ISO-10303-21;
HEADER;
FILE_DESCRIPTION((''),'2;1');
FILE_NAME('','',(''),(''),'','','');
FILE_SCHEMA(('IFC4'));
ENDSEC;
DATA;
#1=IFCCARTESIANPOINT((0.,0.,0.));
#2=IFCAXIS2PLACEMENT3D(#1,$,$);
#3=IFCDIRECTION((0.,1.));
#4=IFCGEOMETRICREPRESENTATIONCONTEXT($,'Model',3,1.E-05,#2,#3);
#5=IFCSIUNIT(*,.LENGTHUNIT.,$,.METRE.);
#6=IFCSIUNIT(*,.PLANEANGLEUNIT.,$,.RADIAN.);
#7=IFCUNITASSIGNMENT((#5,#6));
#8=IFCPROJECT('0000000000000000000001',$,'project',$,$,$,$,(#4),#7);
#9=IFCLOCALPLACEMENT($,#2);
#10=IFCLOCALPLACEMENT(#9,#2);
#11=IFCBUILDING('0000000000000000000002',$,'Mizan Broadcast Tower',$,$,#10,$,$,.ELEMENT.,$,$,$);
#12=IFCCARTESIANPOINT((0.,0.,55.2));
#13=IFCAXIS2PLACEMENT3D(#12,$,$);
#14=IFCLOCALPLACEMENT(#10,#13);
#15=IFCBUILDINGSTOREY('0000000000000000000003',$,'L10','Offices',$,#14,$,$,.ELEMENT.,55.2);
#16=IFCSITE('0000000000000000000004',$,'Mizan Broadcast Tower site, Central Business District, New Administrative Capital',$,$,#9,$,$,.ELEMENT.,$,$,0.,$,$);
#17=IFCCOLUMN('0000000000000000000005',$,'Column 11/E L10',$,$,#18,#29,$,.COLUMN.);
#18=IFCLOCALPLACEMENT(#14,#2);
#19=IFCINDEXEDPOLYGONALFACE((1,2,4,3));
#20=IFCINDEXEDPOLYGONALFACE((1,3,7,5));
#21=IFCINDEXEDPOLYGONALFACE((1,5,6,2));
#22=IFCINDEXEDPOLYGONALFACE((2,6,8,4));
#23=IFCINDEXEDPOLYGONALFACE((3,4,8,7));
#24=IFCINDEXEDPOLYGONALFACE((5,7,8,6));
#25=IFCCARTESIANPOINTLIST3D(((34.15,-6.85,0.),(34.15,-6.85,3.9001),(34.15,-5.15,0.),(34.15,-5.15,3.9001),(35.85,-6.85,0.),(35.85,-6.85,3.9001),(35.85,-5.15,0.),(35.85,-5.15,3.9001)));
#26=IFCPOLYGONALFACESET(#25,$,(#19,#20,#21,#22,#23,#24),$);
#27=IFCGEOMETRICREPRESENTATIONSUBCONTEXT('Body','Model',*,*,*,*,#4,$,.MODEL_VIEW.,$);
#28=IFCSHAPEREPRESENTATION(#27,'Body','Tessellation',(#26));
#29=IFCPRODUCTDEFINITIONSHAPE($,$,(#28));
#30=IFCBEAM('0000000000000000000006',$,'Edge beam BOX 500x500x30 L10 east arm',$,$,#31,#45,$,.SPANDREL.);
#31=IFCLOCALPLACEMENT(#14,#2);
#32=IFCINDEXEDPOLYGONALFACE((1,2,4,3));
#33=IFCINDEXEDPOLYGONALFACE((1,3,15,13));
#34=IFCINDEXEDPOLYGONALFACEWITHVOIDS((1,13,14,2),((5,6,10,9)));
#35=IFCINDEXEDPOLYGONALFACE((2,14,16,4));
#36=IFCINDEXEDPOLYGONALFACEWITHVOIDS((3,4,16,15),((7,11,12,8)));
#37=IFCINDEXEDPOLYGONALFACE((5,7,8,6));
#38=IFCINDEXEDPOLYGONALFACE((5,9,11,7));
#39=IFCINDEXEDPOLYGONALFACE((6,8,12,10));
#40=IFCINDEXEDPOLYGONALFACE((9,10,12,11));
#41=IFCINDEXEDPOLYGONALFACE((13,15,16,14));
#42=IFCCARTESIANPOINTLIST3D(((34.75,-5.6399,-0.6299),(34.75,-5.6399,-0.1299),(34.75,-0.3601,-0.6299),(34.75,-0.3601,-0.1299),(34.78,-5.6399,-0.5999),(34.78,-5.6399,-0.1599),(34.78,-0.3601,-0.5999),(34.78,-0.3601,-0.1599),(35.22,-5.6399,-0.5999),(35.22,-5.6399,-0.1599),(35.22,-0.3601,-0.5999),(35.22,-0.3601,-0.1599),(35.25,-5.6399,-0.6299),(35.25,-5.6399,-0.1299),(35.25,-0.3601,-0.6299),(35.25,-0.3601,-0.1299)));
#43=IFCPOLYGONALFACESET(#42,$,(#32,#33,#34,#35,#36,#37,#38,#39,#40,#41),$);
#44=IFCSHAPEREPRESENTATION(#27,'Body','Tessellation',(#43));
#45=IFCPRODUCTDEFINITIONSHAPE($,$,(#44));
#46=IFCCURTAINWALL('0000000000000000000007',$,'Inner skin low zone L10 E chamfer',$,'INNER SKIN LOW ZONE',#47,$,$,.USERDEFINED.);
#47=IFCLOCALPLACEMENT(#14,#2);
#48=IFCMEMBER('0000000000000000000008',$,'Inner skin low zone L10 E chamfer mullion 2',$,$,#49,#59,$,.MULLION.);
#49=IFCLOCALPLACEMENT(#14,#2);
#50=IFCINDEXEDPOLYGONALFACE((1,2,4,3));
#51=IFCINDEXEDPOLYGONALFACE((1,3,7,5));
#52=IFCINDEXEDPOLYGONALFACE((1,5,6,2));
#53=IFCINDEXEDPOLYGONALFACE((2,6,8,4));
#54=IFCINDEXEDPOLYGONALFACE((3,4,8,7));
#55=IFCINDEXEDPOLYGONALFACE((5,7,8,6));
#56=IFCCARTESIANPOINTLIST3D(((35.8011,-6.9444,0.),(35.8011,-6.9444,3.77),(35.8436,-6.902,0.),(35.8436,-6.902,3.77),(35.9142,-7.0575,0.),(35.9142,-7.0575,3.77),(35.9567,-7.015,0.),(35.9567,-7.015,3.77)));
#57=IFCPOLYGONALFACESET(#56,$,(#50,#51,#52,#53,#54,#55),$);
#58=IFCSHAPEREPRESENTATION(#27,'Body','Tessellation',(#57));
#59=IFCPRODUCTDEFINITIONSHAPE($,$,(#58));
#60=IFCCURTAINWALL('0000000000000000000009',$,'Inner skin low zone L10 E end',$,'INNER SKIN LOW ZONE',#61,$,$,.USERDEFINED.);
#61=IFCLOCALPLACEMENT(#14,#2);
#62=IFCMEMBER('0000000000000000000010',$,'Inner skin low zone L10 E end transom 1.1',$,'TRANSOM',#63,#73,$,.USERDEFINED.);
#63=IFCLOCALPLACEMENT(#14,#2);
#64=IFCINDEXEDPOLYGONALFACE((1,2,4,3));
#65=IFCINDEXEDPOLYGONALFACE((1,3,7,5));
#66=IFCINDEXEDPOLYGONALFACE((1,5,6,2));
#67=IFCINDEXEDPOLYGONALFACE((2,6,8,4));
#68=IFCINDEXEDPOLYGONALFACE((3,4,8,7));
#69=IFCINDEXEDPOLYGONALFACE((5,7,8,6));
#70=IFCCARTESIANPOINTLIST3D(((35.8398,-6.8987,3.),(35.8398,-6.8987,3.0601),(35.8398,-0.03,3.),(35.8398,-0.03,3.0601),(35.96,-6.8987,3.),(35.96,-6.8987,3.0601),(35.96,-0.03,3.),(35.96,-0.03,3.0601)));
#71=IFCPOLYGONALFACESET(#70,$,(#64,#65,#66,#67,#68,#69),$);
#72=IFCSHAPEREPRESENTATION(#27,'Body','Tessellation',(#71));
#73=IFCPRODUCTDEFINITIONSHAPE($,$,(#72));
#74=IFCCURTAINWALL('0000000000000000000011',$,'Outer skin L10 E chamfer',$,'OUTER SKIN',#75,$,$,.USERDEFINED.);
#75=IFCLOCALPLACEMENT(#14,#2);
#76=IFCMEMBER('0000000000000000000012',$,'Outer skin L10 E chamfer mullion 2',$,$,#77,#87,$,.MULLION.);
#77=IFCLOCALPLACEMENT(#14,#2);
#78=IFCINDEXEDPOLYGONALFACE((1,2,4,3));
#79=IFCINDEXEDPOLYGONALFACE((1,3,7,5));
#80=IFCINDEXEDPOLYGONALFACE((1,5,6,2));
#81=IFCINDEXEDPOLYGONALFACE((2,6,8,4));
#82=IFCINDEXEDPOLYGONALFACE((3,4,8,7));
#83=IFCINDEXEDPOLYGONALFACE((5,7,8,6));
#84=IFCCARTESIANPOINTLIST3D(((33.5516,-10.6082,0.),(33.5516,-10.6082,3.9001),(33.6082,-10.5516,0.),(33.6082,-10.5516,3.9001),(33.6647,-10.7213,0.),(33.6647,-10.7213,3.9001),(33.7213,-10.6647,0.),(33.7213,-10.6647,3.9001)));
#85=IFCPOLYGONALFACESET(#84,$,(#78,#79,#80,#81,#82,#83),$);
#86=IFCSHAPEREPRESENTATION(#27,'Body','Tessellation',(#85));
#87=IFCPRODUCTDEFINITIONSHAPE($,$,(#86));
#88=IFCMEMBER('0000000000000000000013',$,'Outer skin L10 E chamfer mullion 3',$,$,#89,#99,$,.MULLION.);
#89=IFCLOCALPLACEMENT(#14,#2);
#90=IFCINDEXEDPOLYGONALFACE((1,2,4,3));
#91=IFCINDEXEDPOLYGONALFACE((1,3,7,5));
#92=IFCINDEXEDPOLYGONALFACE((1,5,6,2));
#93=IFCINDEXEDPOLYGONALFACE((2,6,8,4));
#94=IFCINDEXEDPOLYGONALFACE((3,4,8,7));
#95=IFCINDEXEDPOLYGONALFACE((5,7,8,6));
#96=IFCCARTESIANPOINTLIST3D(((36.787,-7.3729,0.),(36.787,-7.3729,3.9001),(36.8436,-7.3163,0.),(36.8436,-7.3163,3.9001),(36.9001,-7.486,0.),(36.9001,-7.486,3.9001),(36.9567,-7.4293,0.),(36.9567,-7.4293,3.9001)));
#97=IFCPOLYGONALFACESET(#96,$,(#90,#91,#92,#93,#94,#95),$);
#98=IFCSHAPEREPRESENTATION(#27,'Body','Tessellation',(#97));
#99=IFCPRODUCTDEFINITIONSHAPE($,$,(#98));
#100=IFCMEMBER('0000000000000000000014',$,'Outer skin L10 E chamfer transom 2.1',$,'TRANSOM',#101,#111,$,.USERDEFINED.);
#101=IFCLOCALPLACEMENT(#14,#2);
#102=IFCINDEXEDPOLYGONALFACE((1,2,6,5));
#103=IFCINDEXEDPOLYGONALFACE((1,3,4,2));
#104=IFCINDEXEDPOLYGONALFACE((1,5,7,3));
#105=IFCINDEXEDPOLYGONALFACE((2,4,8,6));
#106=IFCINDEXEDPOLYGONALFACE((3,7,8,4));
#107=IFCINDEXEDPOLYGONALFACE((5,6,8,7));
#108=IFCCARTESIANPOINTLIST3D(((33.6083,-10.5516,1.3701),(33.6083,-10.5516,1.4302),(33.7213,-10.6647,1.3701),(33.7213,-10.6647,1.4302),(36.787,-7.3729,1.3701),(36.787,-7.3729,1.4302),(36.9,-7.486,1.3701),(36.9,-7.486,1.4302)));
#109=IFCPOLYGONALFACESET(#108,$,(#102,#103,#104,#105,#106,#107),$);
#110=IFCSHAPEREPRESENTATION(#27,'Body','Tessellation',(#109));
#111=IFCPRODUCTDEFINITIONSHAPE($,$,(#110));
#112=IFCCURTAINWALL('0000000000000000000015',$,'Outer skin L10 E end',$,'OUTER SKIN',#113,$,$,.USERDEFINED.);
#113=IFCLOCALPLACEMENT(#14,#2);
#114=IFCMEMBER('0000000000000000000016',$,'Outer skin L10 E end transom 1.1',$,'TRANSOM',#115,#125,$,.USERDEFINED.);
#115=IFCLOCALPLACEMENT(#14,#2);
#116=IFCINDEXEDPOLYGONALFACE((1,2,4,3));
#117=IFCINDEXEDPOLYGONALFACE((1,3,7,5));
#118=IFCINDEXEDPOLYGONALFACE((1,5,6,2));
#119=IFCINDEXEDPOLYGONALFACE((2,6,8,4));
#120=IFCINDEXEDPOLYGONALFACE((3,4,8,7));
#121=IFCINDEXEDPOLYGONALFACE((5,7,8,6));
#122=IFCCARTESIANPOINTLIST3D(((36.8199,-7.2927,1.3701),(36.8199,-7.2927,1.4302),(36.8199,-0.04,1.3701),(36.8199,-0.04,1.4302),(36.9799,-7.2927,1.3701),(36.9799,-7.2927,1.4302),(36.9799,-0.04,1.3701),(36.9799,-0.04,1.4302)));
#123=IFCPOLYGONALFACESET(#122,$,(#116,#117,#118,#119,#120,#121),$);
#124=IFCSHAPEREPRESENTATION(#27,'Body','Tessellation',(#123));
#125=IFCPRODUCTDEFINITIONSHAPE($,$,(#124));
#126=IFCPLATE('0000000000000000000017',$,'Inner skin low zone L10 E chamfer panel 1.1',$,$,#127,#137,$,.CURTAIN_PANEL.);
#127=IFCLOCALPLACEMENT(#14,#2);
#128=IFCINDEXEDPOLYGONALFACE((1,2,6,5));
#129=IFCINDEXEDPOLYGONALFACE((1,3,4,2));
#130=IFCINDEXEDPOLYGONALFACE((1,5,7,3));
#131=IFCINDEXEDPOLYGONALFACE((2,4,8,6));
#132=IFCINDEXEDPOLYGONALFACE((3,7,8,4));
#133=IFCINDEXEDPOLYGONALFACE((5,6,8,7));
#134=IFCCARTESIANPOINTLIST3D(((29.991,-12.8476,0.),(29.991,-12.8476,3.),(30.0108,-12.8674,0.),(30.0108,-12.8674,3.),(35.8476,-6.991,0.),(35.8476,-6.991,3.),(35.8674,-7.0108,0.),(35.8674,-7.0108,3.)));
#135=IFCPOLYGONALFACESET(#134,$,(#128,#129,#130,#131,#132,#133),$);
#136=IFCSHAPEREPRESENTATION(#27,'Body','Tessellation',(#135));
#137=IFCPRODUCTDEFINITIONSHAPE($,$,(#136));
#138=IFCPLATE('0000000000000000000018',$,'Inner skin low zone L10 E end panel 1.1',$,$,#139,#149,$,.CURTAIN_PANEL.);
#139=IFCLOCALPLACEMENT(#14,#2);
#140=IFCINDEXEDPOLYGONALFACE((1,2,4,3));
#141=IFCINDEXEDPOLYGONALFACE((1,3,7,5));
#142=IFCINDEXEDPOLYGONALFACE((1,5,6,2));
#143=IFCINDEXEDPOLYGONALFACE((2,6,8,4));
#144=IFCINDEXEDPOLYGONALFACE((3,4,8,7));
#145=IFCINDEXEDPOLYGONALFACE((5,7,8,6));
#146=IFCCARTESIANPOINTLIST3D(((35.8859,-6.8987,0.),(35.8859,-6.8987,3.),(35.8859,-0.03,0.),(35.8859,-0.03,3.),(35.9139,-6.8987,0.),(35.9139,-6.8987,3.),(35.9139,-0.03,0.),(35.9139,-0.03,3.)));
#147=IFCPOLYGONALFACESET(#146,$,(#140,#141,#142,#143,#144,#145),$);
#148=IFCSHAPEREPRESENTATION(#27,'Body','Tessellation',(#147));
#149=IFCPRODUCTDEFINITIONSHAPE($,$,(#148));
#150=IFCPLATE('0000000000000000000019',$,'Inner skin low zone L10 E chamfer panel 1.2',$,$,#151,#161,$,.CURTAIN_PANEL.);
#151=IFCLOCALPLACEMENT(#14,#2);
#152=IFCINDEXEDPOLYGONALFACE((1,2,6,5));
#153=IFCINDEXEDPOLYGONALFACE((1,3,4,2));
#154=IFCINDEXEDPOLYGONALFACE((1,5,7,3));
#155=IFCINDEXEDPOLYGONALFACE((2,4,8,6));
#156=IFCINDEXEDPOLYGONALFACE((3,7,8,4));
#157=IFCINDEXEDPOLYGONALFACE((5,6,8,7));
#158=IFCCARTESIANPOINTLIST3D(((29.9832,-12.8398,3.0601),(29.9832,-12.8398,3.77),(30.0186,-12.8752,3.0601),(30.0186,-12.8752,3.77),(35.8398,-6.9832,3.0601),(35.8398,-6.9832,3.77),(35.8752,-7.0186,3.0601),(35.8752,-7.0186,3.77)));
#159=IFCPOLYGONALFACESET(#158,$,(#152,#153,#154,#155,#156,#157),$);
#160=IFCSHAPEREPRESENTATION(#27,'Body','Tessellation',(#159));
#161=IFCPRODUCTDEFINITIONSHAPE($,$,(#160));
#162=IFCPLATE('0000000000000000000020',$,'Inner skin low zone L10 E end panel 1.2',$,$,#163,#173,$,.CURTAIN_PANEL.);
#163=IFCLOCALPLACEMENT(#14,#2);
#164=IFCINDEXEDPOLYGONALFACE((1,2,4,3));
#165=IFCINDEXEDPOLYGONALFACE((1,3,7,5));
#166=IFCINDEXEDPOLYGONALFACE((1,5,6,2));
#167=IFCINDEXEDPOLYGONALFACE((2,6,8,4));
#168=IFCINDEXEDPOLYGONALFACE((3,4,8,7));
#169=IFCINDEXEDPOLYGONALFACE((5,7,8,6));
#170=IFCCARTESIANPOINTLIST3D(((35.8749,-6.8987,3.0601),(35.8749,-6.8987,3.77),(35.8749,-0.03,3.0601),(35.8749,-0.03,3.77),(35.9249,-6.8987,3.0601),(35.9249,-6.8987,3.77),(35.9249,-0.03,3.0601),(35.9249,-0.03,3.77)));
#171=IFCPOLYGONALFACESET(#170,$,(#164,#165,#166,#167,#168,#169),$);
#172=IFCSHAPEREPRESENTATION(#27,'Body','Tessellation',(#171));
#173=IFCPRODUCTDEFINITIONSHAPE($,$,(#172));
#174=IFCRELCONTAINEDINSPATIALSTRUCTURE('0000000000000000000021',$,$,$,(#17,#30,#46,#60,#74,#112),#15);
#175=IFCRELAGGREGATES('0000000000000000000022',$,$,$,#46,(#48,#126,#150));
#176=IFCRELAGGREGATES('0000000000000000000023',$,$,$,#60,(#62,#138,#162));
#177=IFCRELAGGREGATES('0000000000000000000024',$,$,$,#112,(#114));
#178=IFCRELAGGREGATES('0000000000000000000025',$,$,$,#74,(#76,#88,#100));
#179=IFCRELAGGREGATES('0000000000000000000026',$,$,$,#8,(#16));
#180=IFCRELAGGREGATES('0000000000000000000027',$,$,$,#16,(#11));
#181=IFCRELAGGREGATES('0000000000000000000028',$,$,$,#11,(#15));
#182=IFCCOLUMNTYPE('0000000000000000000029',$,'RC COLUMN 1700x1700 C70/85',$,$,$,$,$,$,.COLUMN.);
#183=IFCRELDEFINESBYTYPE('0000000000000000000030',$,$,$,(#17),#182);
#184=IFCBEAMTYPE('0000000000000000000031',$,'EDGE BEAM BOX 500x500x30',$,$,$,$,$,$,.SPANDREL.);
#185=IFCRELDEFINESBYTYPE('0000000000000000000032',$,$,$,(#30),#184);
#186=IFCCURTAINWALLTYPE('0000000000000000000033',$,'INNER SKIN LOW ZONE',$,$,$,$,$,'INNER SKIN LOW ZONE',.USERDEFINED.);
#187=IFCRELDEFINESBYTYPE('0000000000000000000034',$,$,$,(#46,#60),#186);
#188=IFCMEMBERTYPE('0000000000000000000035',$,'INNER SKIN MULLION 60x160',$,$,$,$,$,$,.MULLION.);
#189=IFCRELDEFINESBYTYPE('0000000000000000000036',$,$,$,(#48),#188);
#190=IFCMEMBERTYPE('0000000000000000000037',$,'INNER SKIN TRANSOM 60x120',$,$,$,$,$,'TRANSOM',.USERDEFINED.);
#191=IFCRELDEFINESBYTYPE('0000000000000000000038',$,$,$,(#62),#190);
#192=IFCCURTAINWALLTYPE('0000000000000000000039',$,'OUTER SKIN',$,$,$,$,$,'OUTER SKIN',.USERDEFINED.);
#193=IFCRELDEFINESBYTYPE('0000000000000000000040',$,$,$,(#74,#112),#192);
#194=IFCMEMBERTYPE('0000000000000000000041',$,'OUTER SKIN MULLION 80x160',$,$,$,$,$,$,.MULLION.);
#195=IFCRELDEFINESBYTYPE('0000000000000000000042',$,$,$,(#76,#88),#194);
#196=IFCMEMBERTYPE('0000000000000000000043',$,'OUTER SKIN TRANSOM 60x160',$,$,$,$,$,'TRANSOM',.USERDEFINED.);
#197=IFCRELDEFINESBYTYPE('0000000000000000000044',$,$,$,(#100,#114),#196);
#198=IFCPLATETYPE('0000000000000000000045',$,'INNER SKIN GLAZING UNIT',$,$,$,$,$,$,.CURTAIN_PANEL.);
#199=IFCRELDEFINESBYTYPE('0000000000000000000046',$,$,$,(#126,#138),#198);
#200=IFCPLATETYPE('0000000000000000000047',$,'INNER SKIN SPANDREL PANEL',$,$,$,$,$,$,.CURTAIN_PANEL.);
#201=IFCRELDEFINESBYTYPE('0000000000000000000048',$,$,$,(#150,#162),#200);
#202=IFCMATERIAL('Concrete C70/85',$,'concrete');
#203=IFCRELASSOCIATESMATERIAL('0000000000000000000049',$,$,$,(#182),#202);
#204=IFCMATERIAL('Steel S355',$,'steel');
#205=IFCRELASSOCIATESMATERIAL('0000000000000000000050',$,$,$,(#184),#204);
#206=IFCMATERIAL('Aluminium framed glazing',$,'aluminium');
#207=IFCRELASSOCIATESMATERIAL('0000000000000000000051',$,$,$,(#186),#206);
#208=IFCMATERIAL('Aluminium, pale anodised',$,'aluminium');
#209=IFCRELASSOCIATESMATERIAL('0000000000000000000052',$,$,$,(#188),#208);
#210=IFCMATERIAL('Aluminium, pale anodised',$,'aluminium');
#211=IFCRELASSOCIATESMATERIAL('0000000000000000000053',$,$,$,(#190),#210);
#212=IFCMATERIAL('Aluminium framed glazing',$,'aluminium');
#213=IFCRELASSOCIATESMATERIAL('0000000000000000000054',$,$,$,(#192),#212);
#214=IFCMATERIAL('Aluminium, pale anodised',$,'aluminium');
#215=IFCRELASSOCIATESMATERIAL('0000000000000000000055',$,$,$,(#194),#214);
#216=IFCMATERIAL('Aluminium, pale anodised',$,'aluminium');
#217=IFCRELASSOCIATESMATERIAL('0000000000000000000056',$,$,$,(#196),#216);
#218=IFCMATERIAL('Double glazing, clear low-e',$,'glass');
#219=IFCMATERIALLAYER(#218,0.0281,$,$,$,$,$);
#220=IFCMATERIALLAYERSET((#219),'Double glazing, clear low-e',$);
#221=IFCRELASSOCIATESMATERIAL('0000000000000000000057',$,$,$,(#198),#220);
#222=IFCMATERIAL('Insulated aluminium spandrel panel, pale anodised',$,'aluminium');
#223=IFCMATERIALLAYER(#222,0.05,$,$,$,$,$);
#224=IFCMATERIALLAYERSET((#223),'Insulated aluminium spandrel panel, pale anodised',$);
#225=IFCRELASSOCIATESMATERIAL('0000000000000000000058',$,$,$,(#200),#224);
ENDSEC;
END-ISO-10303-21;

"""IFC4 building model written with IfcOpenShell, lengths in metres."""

from ifc_helpers import new_model, si_unit, direction, frame, origin, origin_2d, place, context, subcontext, project, spatial, rectangle, hollow_rectangle, extrude, material, layer, layer_set, material_profile, profile_set, type_object, element, aggregate, save


model = new_model("IFC4")

# Units and contexts
model_context = context("Model", 3, precision=1e-05, world=origin(), true_north=direction((0.0, 1.0)))
body_context = subcontext(model_context, "Body", "Model", "MODEL_VIEW")
ifc_project = project(units=[si_unit("LENGTHUNIT", "METRE"), si_unit("PLANEANGLEUNIT", "RADIAN")], contexts=[model_context])

# Site, building, storey
site_placement = place(None, origin())
site = spatial("IfcSite", under=ifc_project, at=site_placement, Name="Mizan Broadcast Tower site, Central Business District, New Administrative Capital", CompositionType="ELEMENT", RefElevation=0.0)
building_placement = place(site_placement, origin())
building = spatial("IfcBuilding", under=site, at=building_placement, Name="Mizan Broadcast Tower", CompositionType="ELEMENT")
storey_placement = place(building_placement, frame((0.0, 0.0, 55.2)))
storey = spatial("IfcBuildingStorey", under=building, at=storey_placement, Name="L10", Description="Offices", CompositionType="ELEMENT", Elevation=55.2)

# Column
ifc_material_1 = material(Name="Concrete C70/85", Category="concrete")
ifc_material_profile_1 = material_profile(ifc_material_1, rectangle(XDim=1.7, YDim=1.7, at=origin_2d()), Name="RC 1700x1700")
ifc_profile_set_1 = profile_set([ifc_material_profile_1], Name="Concrete C70/85")
column_type = type_object("IfcColumnType", Name="RC COLUMN 1700x1700 C70/85", PredefinedType="COLUMN", material=ifc_profile_set_1)
column_placement = place(storey_placement, frame((35.0, -6.0, 0.0), z_axis=(0.0, 0.0, 1.0), x_axis=(1.0, 0.0, 0.0)))
element("IfcColumn", 1, at=column_placement, inside=storey, type_object=column_type, Name="Column 11/E L10", PredefinedType="COLUMN", context=body_context, shape_type="SweptSolid", body=[
    extrude(rectangle(XDim=1.7, YDim=1.7, at=origin_2d()), origin(), (0.0, 0.0, 1.0), 3.9001),
])

# Beam
ifc_material_2 = material(Name="Steel S355", Category="steel")
ifc_material_profile_2 = material_profile(ifc_material_2, hollow_rectangle(XDim=0.5, YDim=0.5, WallThickness=0.03, at=origin_2d()), Name="BOX 500x500x30")
ifc_profile_set_2 = profile_set([ifc_material_profile_2], Name="Steel S355")
beam_type = type_object("IfcBeamType", Name="EDGE BEAM BOX 500x500x30", PredefinedType="SPANDREL", material=ifc_profile_set_2)
beam_placement = place(storey_placement, frame((35.0, -5.6399, -0.3799), z_axis=(0.0, 1.0, 0.0), x_axis=(-1.0, 0.0, 0.0)))
element("IfcBeam", 2, at=beam_placement, inside=storey, type_object=beam_type, Name="Edge beam BOX 500x500x30 L10 east arm", PredefinedType="SPANDREL", context=body_context, shape_type="SweptSolid", body=[
    extrude(hollow_rectangle(XDim=0.5, YDim=0.5, WallThickness=0.03, at=origin_2d()), origin(), (0.0, 0.0, 1.0), 5.2798),
])

# Curtain walls, members
ifc_material_3 = material(Name="Aluminium framed glazing", Category="aluminium")
curtain_wall_type_1 = type_object("IfcCurtainWallType", Name="INNER SKIN LOW ZONE", ElementType="INNER SKIN LOW ZONE", PredefinedType="USERDEFINED", material=ifc_material_3)
curtain_wall_1_placement = place(storey_placement, origin())
curtain_wall_1 = element("IfcCurtainWall", 3, at=curtain_wall_1_placement, inside=storey, type_object=curtain_wall_type_1, Name="Inner skin low zone L10 E chamfer", ObjectType="INNER SKIN LOW ZONE", PredefinedType="USERDEFINED")
ifc_material_4 = material(Name="Aluminium, pale anodised", Category="aluminium")
ifc_material_profile_3 = material_profile(ifc_material_4, rectangle(XDim=0.1599, YDim=0.0601, at=origin_2d()), Name="MULLION 160x60")
ifc_profile_set_3 = profile_set([ifc_material_profile_3], Name="Aluminium, pale anodised")
member_type_1 = type_object("IfcMemberType", Name="INNER SKIN MULLION 60x160", PredefinedType="MULLION", material=ifc_profile_set_3)
member_1_placement = place(storey_placement, frame((35.8789, -6.9797, 0.0), z_axis=(0.0, 0.0, 1.0), x_axis=(-0.707107, 0.707107, 0.0)))
member_1 = element("IfcMember", 4, at=member_1_placement, type_object=member_type_1, Name="Inner skin low zone L10 E chamfer mullion 2", PredefinedType="MULLION", context=body_context, shape_type="SweptSolid", body=[
    extrude(rectangle(XDim=0.1599, YDim=0.0601, at=origin_2d()), origin(), (0.0, 0.0, 1.0), 3.77),
])
curtain_wall_2_placement = place(storey_placement, origin())
curtain_wall_2 = element("IfcCurtainWall", 5, at=curtain_wall_2_placement, inside=storey, type_object=curtain_wall_type_1, Name="Inner skin low zone L10 E end", ObjectType="INNER SKIN LOW ZONE", PredefinedType="USERDEFINED")
ifc_material_5 = material(Name="Aluminium, pale anodised", Category="aluminium")
ifc_material_profile_4 = material_profile(ifc_material_5, rectangle(XDim=0.1201, YDim=0.0601, at=origin_2d()), Name="TRANSOM 120x60")
ifc_profile_set_4 = profile_set([ifc_material_profile_4], Name="Aluminium, pale anodised")
member_type_2 = type_object("IfcMemberType", Name="INNER SKIN TRANSOM 60x120", ElementType="TRANSOM", PredefinedType="USERDEFINED", material=ifc_profile_set_4)
member_2_placement = place(storey_placement, frame((35.8999, -6.8987, 3.03), z_axis=(0.0, 1.0, 0.0), x_axis=(-1.0, 0.0, 0.0)))
member_2 = element("IfcMember", 6, at=member_2_placement, type_object=member_type_2, Name="Inner skin low zone L10 E end transom 1.1", ObjectType="TRANSOM", PredefinedType="USERDEFINED", context=body_context, shape_type="SweptSolid", body=[
    extrude(rectangle(XDim=0.1201, YDim=0.0601, at=origin_2d()), origin(), (0.0, 0.0, 1.0), 6.8687),
])

# Curtain wall, members
ifc_material_6 = material(Name="Aluminium framed glazing", Category="aluminium")
curtain_wall_type_2 = type_object("IfcCurtainWallType", Name="OUTER SKIN", ElementType="OUTER SKIN", PredefinedType="USERDEFINED", material=ifc_material_6)
curtain_wall_3_placement = place(storey_placement, origin())
curtain_wall_3 = element("IfcCurtainWall", 7, at=curtain_wall_3_placement, inside=storey, type_object=curtain_wall_type_2, Name="Outer skin L10 E chamfer", ObjectType="OUTER SKIN", PredefinedType="USERDEFINED")
ifc_material_7 = material(Name="Aluminium, pale anodised", Category="aluminium")
ifc_material_profile_5 = material_profile(ifc_material_7, rectangle(XDim=0.1599, YDim=0.0801, at=origin_2d()), Name="MULLION 160x80")
ifc_profile_set_5 = profile_set([ifc_material_profile_5], Name="Aluminium, pale anodised")
member_type_3 = type_object("IfcMemberType", Name="OUTER SKIN MULLION 80x160", PredefinedType="MULLION", material=ifc_profile_set_5)
member_3_placement = place(storey_placement, frame((33.6365, -10.6365, 0.0), z_axis=(0.0, 0.0, 1.0), x_axis=(-0.707107, 0.707107, 0.0)))
member_3 = element("IfcMember", 8, at=member_3_placement, type_object=member_type_3, Name="Outer skin L10 E chamfer mullion 2", PredefinedType="MULLION", context=body_context, shape_type="SweptSolid", body=[
    extrude(rectangle(XDim=0.1599, YDim=0.0801, at=origin_2d()), origin(), (0.0, 0.0, 1.0), 3.9001),
])
member_4_placement = place(storey_placement, frame((36.8718, -7.4011, 0.0), z_axis=(0.0, 0.0, 1.0), x_axis=(-0.707107, 0.707107, 0.0)))
member_4 = element("IfcMember", 9, at=member_4_placement, type_object=member_type_3, Name="Outer skin L10 E chamfer mullion 3", PredefinedType="MULLION", context=body_context, shape_type="SweptSolid", body=[
    extrude(rectangle(XDim=0.1599, YDim=0.0801, at=origin_2d()), origin(), (0.0, 0.0, 1.0), 3.9001),
])
ifc_material_8 = material(Name="Aluminium, pale anodised", Category="aluminium")
ifc_material_profile_6 = material_profile(ifc_material_8, rectangle(XDim=0.1599, YDim=0.0601, at=origin_2d()), Name="TRANSOM 160x60")
ifc_profile_set_6 = profile_set([ifc_material_profile_6], Name="Aluminium, pale anodised")
member_type_4 = type_object("IfcMemberType", Name="OUTER SKIN TRANSOM 60x160", ElementType="TRANSOM", PredefinedType="USERDEFINED", material=ifc_profile_set_6)
member_5_placement = place(storey_placement, frame((33.6648, -10.6082, 1.4001), z_axis=(0.707107, 0.707107, 0.0), x_axis=(-0.707107, 0.707107, 0.0)))
member_5 = element("IfcMember", 10, at=member_5_placement, type_object=member_type_4, Name="Outer skin L10 E chamfer transom 2.1", ObjectType="TRANSOM", PredefinedType="USERDEFINED", context=body_context, shape_type="SweptSolid", body=[
    extrude(rectangle(XDim=0.1599, YDim=0.0601, at=origin_2d()), origin(), (0.0, 0.0, 1.0), 4.4954),
])

# Curtain wall, member
curtain_wall_4_placement = place(storey_placement, origin())
curtain_wall_4 = element("IfcCurtainWall", 11, at=curtain_wall_4_placement, inside=storey, type_object=curtain_wall_type_2, Name="Outer skin L10 E end", ObjectType="OUTER SKIN", PredefinedType="USERDEFINED")
member_6_placement = place(storey_placement, frame((36.8999, -7.2927, 1.4001), z_axis=(0.0, 1.0, 0.0), x_axis=(-1.0, 0.0, 0.0)))
member_6 = element("IfcMember", 12, at=member_6_placement, type_object=member_type_4, Name="Outer skin L10 E end transom 1.1", ObjectType="TRANSOM", PredefinedType="USERDEFINED", context=body_context, shape_type="SweptSolid", body=[
    extrude(rectangle(XDim=0.1599, YDim=0.0601, at=origin_2d()), origin(), (0.0, 0.0, 1.0), 7.2527),
])

# Plates
ifc_material_9 = material(Name="Double glazing, clear low-e", Category="glass")
ifc_layer_1 = layer(ifc_material_9, 0.0281)
ifc_layer_set_1 = layer_set([ifc_layer_1], Name="Double glazing, clear low-e")
plate_type_1 = type_object("IfcPlateType", Name="INNER SKIN GLAZING UNIT", PredefinedType="CURTAIN_PANEL", material=ifc_layer_set_1)
plate_1_placement = place(storey_placement, frame((32.9292, -9.9292, 0.0), z_axis=(0.0, 0.0, 1.0), x_axis=(0.707107, 0.707107, 0.0)))
plate_1 = element("IfcPlate", 13, at=plate_1_placement, type_object=plate_type_1, Name="Inner skin low zone L10 E chamfer panel 1.1", PredefinedType="CURTAIN_PANEL", context=body_context, shape_type="SweptSolid", body=[
    extrude(rectangle(XDim=8.2825, YDim=0.0281, at=origin_2d()), origin(), (0.0, 0.0, 1.0), 3.0),
])
plate_2_placement = place(storey_placement, frame((35.8999, -3.4644, 0.0), z_axis=(0.0, 0.0, 1.0), x_axis=(0.0, 1.0, 0.0)))
plate_2 = element("IfcPlate", 14, at=plate_2_placement, type_object=plate_type_1, Name="Inner skin low zone L10 E end panel 1.1", PredefinedType="CURTAIN_PANEL", context=body_context, shape_type="SweptSolid", body=[
    extrude(rectangle(XDim=6.8687, YDim=0.0281, at=origin_2d()), origin(), (0.0, 0.0, 1.0), 3.0),
])
ifc_material_10 = material(Name="Insulated aluminium spandrel panel, pale anodised", Category="aluminium")
ifc_layer_2 = layer(ifc_material_10, 0.05)
ifc_layer_set_2 = layer_set([ifc_layer_2], Name="Insulated aluminium spandrel panel, pale anodised")
plate_type_2 = type_object("IfcPlateType", Name="INNER SKIN SPANDREL PANEL", PredefinedType="CURTAIN_PANEL", material=ifc_layer_set_2)
plate_3_placement = place(storey_placement, frame((32.9292, -9.9292, 3.0601), z_axis=(0.0, 0.0, 1.0), x_axis=(0.707107, 0.707107, 0.0)))
plate_3 = element("IfcPlate", 15, at=plate_3_placement, type_object=plate_type_2, Name="Inner skin low zone L10 E chamfer panel 1.2", PredefinedType="CURTAIN_PANEL", context=body_context, shape_type="SweptSolid", body=[
    extrude(rectangle(XDim=8.2825, YDim=0.05, at=origin_2d()), origin(), (0.0, 0.0, 1.0), 0.71),
])
aggregate(curtain_wall_1, [member_1, plate_1, plate_3])
plate_4_placement = place(storey_placement, frame((35.8999, -3.4644, 3.0601), z_axis=(0.0, 0.0, 1.0), x_axis=(0.0, 1.0, 0.0)))
plate_4 = element("IfcPlate", 16, at=plate_4_placement, type_object=plate_type_2, Name="Inner skin low zone L10 E end panel 1.2", PredefinedType="CURTAIN_PANEL", context=body_context, shape_type="SweptSolid", body=[
    extrude(rectangle(XDim=6.8687, YDim=0.05, at=origin_2d()), origin(), (0.0, 0.0, 1.0), 0.71),
])
aggregate(curtain_wall_2, [member_2, plate_2, plate_4])
aggregate(curtain_wall_4, [member_6])
aggregate(curtain_wall_3, [member_3, member_4, member_5])

save(model, "model.ifc")
